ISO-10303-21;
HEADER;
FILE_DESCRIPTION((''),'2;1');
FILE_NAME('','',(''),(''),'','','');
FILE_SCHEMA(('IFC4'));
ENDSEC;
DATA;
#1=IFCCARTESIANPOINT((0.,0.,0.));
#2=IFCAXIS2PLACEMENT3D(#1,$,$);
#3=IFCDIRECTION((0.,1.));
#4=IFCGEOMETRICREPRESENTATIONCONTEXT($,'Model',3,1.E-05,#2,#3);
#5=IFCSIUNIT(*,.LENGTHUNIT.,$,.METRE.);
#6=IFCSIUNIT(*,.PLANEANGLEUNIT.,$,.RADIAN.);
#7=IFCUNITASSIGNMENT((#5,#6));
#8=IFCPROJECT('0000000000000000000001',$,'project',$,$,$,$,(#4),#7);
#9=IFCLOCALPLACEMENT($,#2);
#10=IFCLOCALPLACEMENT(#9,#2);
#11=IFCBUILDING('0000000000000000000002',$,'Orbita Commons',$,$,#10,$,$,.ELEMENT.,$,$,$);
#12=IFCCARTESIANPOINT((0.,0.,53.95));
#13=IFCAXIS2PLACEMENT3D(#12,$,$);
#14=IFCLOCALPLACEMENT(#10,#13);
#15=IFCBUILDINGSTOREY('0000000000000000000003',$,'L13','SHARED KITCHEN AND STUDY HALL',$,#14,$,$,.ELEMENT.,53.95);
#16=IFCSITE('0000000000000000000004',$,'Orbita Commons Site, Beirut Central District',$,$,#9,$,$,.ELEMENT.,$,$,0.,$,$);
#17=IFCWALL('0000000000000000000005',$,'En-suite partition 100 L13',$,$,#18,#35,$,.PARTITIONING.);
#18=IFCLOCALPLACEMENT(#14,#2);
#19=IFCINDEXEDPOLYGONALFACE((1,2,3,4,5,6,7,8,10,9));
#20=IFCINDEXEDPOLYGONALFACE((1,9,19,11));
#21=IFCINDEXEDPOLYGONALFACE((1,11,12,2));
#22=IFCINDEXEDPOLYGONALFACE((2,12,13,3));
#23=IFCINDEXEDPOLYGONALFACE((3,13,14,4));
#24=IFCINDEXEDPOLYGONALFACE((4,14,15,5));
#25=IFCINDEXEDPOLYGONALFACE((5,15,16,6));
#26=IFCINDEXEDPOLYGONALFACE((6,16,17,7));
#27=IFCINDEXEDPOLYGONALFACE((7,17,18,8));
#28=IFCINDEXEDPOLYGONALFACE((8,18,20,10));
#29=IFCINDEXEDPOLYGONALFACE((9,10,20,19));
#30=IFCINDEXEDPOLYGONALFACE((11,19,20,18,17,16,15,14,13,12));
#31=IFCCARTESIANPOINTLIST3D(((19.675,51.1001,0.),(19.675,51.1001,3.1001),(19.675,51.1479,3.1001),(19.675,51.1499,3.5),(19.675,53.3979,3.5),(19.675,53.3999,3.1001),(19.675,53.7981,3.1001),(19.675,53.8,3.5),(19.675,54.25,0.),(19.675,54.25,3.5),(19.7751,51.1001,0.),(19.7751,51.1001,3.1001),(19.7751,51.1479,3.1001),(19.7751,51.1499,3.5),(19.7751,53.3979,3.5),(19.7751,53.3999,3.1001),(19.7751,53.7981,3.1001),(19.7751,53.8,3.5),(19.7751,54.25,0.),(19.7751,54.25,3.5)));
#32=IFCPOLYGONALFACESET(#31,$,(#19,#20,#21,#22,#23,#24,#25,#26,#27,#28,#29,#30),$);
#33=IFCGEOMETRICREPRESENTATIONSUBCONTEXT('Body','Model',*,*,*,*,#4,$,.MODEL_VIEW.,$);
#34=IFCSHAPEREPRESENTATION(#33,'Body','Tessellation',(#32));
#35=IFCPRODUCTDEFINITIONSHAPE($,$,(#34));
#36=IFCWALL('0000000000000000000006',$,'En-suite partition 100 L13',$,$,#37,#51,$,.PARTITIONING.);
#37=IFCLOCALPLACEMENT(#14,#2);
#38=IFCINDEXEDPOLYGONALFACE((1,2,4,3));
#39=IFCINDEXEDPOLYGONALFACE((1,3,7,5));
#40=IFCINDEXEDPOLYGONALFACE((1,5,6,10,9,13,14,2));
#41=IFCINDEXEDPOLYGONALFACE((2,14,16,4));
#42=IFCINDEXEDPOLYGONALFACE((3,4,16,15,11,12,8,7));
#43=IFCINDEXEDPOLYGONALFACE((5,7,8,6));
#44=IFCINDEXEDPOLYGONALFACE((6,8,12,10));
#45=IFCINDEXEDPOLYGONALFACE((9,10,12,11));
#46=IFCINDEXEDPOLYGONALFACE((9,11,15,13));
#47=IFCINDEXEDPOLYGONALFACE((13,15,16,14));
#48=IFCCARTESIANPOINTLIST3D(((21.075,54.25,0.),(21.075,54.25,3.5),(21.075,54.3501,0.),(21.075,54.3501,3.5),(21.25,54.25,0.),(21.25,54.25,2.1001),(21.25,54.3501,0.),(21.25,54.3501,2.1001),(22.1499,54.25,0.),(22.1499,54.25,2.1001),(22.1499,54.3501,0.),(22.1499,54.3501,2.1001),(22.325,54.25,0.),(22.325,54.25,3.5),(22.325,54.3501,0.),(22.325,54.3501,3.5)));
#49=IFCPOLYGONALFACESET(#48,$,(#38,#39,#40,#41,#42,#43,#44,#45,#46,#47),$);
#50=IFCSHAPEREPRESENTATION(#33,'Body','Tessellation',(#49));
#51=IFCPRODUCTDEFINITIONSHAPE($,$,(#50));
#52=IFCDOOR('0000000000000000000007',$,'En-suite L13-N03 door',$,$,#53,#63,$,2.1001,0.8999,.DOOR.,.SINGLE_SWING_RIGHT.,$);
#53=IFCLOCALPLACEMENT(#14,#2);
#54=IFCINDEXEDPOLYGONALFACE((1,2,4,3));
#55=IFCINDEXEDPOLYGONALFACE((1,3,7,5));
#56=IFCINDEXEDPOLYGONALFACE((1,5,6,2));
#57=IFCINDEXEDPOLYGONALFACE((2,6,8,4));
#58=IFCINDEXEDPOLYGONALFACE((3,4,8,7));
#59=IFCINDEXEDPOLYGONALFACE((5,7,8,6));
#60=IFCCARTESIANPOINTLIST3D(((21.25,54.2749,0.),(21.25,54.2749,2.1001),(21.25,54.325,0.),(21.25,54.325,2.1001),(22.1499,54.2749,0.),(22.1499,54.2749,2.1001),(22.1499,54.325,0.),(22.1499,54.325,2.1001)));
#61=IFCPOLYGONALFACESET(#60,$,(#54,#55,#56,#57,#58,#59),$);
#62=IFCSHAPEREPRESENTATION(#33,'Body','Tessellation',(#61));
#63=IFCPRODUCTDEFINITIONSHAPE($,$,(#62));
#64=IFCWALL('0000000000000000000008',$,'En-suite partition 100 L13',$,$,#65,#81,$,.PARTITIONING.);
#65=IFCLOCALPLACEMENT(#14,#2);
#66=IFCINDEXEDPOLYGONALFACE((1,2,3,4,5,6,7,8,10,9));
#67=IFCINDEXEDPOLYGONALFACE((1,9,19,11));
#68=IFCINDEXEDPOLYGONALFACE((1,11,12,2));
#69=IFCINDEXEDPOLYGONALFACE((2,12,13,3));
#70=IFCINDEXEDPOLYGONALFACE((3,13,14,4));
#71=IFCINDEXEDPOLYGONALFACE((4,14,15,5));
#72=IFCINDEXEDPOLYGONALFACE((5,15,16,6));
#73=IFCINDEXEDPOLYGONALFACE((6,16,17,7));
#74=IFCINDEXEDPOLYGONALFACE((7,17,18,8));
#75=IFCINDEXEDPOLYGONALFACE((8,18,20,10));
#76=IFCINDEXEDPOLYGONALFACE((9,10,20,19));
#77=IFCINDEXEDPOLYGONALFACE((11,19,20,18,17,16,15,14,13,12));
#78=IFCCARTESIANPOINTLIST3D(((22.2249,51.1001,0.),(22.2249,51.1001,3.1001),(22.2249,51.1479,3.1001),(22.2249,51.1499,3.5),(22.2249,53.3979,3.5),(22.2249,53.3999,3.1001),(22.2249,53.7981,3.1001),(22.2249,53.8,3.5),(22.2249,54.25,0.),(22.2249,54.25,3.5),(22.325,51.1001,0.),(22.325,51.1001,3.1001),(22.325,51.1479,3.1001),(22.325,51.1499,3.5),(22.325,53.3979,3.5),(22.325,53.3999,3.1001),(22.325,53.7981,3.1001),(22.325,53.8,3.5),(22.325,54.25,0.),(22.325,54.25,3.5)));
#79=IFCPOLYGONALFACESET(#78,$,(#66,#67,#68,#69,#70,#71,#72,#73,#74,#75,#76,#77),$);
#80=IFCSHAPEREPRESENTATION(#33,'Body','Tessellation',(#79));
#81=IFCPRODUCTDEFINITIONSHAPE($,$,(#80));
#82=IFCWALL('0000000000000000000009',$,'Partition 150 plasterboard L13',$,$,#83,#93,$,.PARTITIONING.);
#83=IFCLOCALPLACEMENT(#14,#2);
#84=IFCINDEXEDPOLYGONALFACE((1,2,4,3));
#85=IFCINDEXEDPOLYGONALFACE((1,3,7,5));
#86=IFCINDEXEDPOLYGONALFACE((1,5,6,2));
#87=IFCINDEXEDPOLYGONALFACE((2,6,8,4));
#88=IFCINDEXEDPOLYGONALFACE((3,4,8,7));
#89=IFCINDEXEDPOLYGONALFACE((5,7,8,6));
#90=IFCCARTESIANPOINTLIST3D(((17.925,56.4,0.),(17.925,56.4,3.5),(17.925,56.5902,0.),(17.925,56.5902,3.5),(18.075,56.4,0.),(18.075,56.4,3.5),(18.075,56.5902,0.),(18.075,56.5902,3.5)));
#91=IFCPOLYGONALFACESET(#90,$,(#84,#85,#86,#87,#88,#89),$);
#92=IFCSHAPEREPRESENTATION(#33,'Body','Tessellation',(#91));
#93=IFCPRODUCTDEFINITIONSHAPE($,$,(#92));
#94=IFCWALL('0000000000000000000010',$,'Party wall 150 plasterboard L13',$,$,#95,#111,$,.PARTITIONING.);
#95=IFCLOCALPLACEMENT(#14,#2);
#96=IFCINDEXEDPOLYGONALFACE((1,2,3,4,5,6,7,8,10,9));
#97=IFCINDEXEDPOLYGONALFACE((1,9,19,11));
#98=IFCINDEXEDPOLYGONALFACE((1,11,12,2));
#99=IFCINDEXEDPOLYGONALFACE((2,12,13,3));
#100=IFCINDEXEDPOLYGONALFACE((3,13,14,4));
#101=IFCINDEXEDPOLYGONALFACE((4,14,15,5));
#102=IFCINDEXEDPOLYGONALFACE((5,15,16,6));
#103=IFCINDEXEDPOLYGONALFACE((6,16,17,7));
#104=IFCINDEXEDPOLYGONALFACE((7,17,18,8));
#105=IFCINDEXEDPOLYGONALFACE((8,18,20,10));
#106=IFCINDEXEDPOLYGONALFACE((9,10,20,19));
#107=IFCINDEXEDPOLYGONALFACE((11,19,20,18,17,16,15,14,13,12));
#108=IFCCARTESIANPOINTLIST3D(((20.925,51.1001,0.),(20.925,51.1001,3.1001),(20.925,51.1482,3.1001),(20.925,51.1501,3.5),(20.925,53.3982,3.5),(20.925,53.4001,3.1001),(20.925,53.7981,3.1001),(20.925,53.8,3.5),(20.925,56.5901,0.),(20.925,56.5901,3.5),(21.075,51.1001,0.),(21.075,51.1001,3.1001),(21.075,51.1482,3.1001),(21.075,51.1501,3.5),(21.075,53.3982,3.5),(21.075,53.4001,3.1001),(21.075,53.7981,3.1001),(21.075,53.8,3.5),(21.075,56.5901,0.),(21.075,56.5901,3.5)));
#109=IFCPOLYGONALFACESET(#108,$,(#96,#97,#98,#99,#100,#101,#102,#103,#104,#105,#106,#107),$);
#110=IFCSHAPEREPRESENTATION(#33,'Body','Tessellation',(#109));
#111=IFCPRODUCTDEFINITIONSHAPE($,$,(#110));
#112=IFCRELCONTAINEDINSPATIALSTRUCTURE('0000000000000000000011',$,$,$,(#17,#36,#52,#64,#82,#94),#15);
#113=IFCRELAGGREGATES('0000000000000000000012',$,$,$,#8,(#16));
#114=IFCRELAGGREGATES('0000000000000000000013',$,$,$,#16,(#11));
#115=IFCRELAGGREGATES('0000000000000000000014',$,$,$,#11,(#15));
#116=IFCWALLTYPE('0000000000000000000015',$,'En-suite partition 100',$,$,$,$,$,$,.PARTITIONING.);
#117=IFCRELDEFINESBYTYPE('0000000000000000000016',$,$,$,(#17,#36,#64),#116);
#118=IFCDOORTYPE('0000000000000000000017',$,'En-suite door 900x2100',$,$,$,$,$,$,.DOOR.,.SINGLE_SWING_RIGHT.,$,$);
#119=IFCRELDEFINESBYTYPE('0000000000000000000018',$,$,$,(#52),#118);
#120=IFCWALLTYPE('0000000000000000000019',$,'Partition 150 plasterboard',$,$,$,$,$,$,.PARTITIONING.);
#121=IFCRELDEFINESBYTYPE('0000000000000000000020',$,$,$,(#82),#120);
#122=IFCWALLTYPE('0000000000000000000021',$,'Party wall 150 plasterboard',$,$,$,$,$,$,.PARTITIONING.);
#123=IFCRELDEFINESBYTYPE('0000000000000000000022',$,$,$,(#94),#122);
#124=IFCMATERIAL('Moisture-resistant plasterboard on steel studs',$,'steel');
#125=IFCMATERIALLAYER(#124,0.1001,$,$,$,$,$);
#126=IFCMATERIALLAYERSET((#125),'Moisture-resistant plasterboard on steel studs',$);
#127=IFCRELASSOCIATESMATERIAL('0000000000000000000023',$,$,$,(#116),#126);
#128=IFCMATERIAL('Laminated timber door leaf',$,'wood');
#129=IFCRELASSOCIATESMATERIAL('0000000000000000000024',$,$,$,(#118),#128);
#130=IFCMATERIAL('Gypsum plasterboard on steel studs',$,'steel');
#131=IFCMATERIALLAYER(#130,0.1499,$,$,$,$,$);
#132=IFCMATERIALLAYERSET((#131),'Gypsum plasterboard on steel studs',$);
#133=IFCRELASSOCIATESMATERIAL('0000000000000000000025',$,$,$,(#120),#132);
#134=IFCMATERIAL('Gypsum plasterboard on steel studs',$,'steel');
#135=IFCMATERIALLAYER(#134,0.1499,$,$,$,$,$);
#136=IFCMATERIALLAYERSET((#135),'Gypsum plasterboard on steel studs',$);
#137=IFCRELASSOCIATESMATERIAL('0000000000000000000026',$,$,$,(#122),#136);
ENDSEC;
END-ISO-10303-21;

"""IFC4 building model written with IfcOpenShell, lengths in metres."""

from ifc_helpers import new_model, si_unit, direction, frame, frame_2d, origin, place, context, subcontext, project, spatial, polyline, rectangle, outline, extrude, material, layer, layer_set, type_object, element, fill, save


model = new_model("IFC4")

# Units and contexts
model_context = context("Model", 3, precision=1e-05, world=origin(), true_north=direction((0.0, 1.0)))
body_context = subcontext(model_context, "Body", "Model", "MODEL_VIEW")
ifc_project = project(units=[si_unit("LENGTHUNIT", "METRE"), si_unit("PLANEANGLEUNIT", "RADIAN")], contexts=[model_context])

# Site, building, storey
site_placement = place(None, origin())
site = spatial("IfcSite", under=ifc_project, at=site_placement, Name="Orbita Commons Site, Beirut Central District", CompositionType="ELEMENT", RefElevation=0.0)
building_placement = place(site_placement, origin())
building = spatial("IfcBuilding", under=site, at=building_placement, Name="Orbita Commons", CompositionType="ELEMENT")
storey_placement = place(building_placement, frame((0.0, 0.0, 53.95)))
storey = spatial("IfcBuildingStorey", under=building, at=storey_placement, Name="L13", Description="SHARED KITCHEN AND STUDY HALL", CompositionType="ELEMENT", Elevation=53.95)

# Shared definitions
ifc_material_1 = material(Name="Moisture-resistant plasterboard on steel studs", Category="steel")
ifc_layer_1 = layer(ifc_material_1, 0.1001)
ifc_layer_set_1 = layer_set([ifc_layer_1], Name="Moisture-resistant plasterboard on steel studs")
wall_type_1 = type_object("IfcWallType", Name="En-suite partition 100", PredefinedType="PARTITIONING", material=ifc_layer_set_1)
ifc_material_2 = material(Name="Laminated timber door leaf", Category="wood")
door_type = type_object("IfcDoorType", Name="En-suite door 900x2100", OperationType="SINGLE_SWING_RIGHT", PredefinedType="DOOR", material=ifc_material_2)

# Wall
wall_1_placement = place(storey_placement, frame((19.7251, 54.25, 0.0), z_axis=(0.0, 0.0, 1.0), x_axis=(0.0, -1.0, 0.0)))
element("IfcWall", 1, at=wall_1_placement, inside=storey, type_object=wall_type_1, Name="En-suite partition 100 L13", PredefinedType="PARTITIONING", context=body_context, shape_type="SweptSolid", body=[
    extrude(outline(polyline([(0.0, 0.0), (3.1499, 0.0), (3.1499, 3.1001), (3.1021, 3.1001), (3.1001, 3.5), (0.8521, 3.5), (0.8501, 3.1001), (0.4519, 3.1001), (0.45, 3.5), (0.0, 3.5), (0.0, 0.0)])), frame((0.0, 0.05, 0.0), z_axis=(0.0, -1.0, 0.0), x_axis=(1.0, 0.0, 0.0)), (0.0, 0.0, 1.0), 0.1001),
])

# Wall, opening, door
wall_2_placement = place(storey_placement, frame((21.075, 54.3, 0.0), z_axis=(0.0, 0.0, 1.0), x_axis=(1.0, 0.0, 0.0)))
wall_2 = element("IfcWall", 2, at=wall_2_placement, inside=storey, type_object=wall_type_1, Name="En-suite partition 100 L13", PredefinedType="PARTITIONING", context=body_context, shape_type="SweptSolid", body=[
    extrude(rectangle(XDim=1.25, YDim=0.1001, at=frame_2d((0.625, 0.0))), origin(), (0.0, 0.0, 1.0), 3.5),
])
opening_1_placement = place(wall_2_placement, frame((0.175, 0.0, 0.0)))
opening_1 = element("IfcOpeningElement", 3, at=opening_1_placement, cuts=wall_2, PredefinedType="OPENING", context=body_context, shape_type="SweptSolid", body=[
    extrude(rectangle(XDim=0.8999, YDim=2.1001, at=frame_2d((0.45, 1.05))), frame((0.0, 0.0601, 0.0), z_axis=(0.0, -1.0, 0.0), x_axis=(1.0, 0.0, 0.0)), (0.0, 0.0, 1.0), 0.1201),
])
door_1_placement = place(opening_1_placement, origin())
door_1 = element("IfcDoor", 4, at=door_1_placement, inside=storey, type_object=door_type, Name="En-suite L13-N03 door", OperationType="SINGLE_SWING_RIGHT", OverallHeight=2.1001, OverallWidth=0.8999, PredefinedType="DOOR", context=body_context, shape_type="SweptSolid", body=[
    extrude(rectangle(XDim=0.8999, YDim=2.1001, at=frame_2d((0.45, 1.05))), frame((0.0, 0.0249, 0.0), z_axis=(0.0, -1.0, 0.0), x_axis=(1.0, 0.0, 0.0)), (0.0, 0.0, 1.0), 0.05),
])
fill(opening_1, door_1)

# Walls
wall_3_placement = place(storey_placement, frame((22.2749, 54.25, 0.0), z_axis=(0.0, 0.0, 1.0), x_axis=(0.0, -1.0, 0.0)))
element("IfcWall", 5, at=wall_3_placement, inside=storey, type_object=wall_type_1, Name="En-suite partition 100 L13", PredefinedType="PARTITIONING", context=body_context, shape_type="SweptSolid", body=[
    extrude(outline(polyline([(0.0, 0.0), (3.1499, 0.0), (3.1499, 3.1001), (3.1021, 3.1001), (3.1001, 3.5), (0.8521, 3.5), (0.8501, 3.1001), (0.4519, 3.1001), (0.45, 3.5), (0.0, 3.5), (0.0, 0.0)])), frame((0.0, 0.05, 0.0), z_axis=(0.0, -1.0, 0.0), x_axis=(1.0, 0.0, 0.0)), (0.0, 0.0, 1.0), 0.1001),
])
ifc_material_3 = material(Name="Gypsum plasterboard on steel studs", Category="steel")
ifc_layer_2 = layer(ifc_material_3, 0.1499)
ifc_layer_set_2 = layer_set([ifc_layer_2], Name="Gypsum plasterboard on steel studs")
wall_type_2 = type_object("IfcWallType", Name="Partition 150 plasterboard", PredefinedType="PARTITIONING", material=ifc_layer_set_2)
wall_4_placement = place(storey_placement, frame((18.0, 56.3999, 0.0), z_axis=(0.0, 0.0, 1.0), x_axis=(0.0, 1.0, 0.0)))
element("IfcWall", 6, at=wall_4_placement, inside=storey, type_object=wall_type_2, Name="Partition 150 plasterboard L13", PredefinedType="PARTITIONING", context=body_context, shape_type="SweptSolid", body=[
    extrude(rectangle(XDim=0.1902, YDim=0.1499, at=frame_2d((0.0952, 0.0))), origin(), (0.0, 0.0, 1.0), 3.5),
])
ifc_material_4 = material(Name="Gypsum plasterboard on steel studs", Category="steel")
ifc_layer_3 = layer(ifc_material_4, 0.1499)
ifc_layer_set_3 = layer_set([ifc_layer_3], Name="Gypsum plasterboard on steel studs")
wall_type_3 = type_object("IfcWallType", Name="Party wall 150 plasterboard", PredefinedType="PARTITIONING", material=ifc_layer_set_3)
wall_5_placement = place(storey_placement, frame((21.0, 56.5901, 0.0), z_axis=(0.0, 0.0, 1.0), x_axis=(0.0, -1.0, 0.0)))
element("IfcWall", 7, at=wall_5_placement, inside=storey, type_object=wall_type_3, Name="Party wall 150 plasterboard L13", PredefinedType="PARTITIONING", context=body_context, shape_type="SweptSolid", body=[
    extrude(outline(polyline([(0.0, 0.0), (5.49, 0.0), (5.49, 3.1001), (5.4419, 3.1001), (5.4399, 3.5), (3.1919, 3.5), (3.1899, 3.1001), (2.792, 3.1001), (2.79, 3.5), (0.0, 3.5), (0.0, 0.0)])), frame((0.0, 0.075, 0.0), z_axis=(0.0, -1.0, 0.0), x_axis=(1.0, 0.0, 0.0)), (0.0, 0.0, 1.0), 0.1499),
])

save(model, "model.ifc")
